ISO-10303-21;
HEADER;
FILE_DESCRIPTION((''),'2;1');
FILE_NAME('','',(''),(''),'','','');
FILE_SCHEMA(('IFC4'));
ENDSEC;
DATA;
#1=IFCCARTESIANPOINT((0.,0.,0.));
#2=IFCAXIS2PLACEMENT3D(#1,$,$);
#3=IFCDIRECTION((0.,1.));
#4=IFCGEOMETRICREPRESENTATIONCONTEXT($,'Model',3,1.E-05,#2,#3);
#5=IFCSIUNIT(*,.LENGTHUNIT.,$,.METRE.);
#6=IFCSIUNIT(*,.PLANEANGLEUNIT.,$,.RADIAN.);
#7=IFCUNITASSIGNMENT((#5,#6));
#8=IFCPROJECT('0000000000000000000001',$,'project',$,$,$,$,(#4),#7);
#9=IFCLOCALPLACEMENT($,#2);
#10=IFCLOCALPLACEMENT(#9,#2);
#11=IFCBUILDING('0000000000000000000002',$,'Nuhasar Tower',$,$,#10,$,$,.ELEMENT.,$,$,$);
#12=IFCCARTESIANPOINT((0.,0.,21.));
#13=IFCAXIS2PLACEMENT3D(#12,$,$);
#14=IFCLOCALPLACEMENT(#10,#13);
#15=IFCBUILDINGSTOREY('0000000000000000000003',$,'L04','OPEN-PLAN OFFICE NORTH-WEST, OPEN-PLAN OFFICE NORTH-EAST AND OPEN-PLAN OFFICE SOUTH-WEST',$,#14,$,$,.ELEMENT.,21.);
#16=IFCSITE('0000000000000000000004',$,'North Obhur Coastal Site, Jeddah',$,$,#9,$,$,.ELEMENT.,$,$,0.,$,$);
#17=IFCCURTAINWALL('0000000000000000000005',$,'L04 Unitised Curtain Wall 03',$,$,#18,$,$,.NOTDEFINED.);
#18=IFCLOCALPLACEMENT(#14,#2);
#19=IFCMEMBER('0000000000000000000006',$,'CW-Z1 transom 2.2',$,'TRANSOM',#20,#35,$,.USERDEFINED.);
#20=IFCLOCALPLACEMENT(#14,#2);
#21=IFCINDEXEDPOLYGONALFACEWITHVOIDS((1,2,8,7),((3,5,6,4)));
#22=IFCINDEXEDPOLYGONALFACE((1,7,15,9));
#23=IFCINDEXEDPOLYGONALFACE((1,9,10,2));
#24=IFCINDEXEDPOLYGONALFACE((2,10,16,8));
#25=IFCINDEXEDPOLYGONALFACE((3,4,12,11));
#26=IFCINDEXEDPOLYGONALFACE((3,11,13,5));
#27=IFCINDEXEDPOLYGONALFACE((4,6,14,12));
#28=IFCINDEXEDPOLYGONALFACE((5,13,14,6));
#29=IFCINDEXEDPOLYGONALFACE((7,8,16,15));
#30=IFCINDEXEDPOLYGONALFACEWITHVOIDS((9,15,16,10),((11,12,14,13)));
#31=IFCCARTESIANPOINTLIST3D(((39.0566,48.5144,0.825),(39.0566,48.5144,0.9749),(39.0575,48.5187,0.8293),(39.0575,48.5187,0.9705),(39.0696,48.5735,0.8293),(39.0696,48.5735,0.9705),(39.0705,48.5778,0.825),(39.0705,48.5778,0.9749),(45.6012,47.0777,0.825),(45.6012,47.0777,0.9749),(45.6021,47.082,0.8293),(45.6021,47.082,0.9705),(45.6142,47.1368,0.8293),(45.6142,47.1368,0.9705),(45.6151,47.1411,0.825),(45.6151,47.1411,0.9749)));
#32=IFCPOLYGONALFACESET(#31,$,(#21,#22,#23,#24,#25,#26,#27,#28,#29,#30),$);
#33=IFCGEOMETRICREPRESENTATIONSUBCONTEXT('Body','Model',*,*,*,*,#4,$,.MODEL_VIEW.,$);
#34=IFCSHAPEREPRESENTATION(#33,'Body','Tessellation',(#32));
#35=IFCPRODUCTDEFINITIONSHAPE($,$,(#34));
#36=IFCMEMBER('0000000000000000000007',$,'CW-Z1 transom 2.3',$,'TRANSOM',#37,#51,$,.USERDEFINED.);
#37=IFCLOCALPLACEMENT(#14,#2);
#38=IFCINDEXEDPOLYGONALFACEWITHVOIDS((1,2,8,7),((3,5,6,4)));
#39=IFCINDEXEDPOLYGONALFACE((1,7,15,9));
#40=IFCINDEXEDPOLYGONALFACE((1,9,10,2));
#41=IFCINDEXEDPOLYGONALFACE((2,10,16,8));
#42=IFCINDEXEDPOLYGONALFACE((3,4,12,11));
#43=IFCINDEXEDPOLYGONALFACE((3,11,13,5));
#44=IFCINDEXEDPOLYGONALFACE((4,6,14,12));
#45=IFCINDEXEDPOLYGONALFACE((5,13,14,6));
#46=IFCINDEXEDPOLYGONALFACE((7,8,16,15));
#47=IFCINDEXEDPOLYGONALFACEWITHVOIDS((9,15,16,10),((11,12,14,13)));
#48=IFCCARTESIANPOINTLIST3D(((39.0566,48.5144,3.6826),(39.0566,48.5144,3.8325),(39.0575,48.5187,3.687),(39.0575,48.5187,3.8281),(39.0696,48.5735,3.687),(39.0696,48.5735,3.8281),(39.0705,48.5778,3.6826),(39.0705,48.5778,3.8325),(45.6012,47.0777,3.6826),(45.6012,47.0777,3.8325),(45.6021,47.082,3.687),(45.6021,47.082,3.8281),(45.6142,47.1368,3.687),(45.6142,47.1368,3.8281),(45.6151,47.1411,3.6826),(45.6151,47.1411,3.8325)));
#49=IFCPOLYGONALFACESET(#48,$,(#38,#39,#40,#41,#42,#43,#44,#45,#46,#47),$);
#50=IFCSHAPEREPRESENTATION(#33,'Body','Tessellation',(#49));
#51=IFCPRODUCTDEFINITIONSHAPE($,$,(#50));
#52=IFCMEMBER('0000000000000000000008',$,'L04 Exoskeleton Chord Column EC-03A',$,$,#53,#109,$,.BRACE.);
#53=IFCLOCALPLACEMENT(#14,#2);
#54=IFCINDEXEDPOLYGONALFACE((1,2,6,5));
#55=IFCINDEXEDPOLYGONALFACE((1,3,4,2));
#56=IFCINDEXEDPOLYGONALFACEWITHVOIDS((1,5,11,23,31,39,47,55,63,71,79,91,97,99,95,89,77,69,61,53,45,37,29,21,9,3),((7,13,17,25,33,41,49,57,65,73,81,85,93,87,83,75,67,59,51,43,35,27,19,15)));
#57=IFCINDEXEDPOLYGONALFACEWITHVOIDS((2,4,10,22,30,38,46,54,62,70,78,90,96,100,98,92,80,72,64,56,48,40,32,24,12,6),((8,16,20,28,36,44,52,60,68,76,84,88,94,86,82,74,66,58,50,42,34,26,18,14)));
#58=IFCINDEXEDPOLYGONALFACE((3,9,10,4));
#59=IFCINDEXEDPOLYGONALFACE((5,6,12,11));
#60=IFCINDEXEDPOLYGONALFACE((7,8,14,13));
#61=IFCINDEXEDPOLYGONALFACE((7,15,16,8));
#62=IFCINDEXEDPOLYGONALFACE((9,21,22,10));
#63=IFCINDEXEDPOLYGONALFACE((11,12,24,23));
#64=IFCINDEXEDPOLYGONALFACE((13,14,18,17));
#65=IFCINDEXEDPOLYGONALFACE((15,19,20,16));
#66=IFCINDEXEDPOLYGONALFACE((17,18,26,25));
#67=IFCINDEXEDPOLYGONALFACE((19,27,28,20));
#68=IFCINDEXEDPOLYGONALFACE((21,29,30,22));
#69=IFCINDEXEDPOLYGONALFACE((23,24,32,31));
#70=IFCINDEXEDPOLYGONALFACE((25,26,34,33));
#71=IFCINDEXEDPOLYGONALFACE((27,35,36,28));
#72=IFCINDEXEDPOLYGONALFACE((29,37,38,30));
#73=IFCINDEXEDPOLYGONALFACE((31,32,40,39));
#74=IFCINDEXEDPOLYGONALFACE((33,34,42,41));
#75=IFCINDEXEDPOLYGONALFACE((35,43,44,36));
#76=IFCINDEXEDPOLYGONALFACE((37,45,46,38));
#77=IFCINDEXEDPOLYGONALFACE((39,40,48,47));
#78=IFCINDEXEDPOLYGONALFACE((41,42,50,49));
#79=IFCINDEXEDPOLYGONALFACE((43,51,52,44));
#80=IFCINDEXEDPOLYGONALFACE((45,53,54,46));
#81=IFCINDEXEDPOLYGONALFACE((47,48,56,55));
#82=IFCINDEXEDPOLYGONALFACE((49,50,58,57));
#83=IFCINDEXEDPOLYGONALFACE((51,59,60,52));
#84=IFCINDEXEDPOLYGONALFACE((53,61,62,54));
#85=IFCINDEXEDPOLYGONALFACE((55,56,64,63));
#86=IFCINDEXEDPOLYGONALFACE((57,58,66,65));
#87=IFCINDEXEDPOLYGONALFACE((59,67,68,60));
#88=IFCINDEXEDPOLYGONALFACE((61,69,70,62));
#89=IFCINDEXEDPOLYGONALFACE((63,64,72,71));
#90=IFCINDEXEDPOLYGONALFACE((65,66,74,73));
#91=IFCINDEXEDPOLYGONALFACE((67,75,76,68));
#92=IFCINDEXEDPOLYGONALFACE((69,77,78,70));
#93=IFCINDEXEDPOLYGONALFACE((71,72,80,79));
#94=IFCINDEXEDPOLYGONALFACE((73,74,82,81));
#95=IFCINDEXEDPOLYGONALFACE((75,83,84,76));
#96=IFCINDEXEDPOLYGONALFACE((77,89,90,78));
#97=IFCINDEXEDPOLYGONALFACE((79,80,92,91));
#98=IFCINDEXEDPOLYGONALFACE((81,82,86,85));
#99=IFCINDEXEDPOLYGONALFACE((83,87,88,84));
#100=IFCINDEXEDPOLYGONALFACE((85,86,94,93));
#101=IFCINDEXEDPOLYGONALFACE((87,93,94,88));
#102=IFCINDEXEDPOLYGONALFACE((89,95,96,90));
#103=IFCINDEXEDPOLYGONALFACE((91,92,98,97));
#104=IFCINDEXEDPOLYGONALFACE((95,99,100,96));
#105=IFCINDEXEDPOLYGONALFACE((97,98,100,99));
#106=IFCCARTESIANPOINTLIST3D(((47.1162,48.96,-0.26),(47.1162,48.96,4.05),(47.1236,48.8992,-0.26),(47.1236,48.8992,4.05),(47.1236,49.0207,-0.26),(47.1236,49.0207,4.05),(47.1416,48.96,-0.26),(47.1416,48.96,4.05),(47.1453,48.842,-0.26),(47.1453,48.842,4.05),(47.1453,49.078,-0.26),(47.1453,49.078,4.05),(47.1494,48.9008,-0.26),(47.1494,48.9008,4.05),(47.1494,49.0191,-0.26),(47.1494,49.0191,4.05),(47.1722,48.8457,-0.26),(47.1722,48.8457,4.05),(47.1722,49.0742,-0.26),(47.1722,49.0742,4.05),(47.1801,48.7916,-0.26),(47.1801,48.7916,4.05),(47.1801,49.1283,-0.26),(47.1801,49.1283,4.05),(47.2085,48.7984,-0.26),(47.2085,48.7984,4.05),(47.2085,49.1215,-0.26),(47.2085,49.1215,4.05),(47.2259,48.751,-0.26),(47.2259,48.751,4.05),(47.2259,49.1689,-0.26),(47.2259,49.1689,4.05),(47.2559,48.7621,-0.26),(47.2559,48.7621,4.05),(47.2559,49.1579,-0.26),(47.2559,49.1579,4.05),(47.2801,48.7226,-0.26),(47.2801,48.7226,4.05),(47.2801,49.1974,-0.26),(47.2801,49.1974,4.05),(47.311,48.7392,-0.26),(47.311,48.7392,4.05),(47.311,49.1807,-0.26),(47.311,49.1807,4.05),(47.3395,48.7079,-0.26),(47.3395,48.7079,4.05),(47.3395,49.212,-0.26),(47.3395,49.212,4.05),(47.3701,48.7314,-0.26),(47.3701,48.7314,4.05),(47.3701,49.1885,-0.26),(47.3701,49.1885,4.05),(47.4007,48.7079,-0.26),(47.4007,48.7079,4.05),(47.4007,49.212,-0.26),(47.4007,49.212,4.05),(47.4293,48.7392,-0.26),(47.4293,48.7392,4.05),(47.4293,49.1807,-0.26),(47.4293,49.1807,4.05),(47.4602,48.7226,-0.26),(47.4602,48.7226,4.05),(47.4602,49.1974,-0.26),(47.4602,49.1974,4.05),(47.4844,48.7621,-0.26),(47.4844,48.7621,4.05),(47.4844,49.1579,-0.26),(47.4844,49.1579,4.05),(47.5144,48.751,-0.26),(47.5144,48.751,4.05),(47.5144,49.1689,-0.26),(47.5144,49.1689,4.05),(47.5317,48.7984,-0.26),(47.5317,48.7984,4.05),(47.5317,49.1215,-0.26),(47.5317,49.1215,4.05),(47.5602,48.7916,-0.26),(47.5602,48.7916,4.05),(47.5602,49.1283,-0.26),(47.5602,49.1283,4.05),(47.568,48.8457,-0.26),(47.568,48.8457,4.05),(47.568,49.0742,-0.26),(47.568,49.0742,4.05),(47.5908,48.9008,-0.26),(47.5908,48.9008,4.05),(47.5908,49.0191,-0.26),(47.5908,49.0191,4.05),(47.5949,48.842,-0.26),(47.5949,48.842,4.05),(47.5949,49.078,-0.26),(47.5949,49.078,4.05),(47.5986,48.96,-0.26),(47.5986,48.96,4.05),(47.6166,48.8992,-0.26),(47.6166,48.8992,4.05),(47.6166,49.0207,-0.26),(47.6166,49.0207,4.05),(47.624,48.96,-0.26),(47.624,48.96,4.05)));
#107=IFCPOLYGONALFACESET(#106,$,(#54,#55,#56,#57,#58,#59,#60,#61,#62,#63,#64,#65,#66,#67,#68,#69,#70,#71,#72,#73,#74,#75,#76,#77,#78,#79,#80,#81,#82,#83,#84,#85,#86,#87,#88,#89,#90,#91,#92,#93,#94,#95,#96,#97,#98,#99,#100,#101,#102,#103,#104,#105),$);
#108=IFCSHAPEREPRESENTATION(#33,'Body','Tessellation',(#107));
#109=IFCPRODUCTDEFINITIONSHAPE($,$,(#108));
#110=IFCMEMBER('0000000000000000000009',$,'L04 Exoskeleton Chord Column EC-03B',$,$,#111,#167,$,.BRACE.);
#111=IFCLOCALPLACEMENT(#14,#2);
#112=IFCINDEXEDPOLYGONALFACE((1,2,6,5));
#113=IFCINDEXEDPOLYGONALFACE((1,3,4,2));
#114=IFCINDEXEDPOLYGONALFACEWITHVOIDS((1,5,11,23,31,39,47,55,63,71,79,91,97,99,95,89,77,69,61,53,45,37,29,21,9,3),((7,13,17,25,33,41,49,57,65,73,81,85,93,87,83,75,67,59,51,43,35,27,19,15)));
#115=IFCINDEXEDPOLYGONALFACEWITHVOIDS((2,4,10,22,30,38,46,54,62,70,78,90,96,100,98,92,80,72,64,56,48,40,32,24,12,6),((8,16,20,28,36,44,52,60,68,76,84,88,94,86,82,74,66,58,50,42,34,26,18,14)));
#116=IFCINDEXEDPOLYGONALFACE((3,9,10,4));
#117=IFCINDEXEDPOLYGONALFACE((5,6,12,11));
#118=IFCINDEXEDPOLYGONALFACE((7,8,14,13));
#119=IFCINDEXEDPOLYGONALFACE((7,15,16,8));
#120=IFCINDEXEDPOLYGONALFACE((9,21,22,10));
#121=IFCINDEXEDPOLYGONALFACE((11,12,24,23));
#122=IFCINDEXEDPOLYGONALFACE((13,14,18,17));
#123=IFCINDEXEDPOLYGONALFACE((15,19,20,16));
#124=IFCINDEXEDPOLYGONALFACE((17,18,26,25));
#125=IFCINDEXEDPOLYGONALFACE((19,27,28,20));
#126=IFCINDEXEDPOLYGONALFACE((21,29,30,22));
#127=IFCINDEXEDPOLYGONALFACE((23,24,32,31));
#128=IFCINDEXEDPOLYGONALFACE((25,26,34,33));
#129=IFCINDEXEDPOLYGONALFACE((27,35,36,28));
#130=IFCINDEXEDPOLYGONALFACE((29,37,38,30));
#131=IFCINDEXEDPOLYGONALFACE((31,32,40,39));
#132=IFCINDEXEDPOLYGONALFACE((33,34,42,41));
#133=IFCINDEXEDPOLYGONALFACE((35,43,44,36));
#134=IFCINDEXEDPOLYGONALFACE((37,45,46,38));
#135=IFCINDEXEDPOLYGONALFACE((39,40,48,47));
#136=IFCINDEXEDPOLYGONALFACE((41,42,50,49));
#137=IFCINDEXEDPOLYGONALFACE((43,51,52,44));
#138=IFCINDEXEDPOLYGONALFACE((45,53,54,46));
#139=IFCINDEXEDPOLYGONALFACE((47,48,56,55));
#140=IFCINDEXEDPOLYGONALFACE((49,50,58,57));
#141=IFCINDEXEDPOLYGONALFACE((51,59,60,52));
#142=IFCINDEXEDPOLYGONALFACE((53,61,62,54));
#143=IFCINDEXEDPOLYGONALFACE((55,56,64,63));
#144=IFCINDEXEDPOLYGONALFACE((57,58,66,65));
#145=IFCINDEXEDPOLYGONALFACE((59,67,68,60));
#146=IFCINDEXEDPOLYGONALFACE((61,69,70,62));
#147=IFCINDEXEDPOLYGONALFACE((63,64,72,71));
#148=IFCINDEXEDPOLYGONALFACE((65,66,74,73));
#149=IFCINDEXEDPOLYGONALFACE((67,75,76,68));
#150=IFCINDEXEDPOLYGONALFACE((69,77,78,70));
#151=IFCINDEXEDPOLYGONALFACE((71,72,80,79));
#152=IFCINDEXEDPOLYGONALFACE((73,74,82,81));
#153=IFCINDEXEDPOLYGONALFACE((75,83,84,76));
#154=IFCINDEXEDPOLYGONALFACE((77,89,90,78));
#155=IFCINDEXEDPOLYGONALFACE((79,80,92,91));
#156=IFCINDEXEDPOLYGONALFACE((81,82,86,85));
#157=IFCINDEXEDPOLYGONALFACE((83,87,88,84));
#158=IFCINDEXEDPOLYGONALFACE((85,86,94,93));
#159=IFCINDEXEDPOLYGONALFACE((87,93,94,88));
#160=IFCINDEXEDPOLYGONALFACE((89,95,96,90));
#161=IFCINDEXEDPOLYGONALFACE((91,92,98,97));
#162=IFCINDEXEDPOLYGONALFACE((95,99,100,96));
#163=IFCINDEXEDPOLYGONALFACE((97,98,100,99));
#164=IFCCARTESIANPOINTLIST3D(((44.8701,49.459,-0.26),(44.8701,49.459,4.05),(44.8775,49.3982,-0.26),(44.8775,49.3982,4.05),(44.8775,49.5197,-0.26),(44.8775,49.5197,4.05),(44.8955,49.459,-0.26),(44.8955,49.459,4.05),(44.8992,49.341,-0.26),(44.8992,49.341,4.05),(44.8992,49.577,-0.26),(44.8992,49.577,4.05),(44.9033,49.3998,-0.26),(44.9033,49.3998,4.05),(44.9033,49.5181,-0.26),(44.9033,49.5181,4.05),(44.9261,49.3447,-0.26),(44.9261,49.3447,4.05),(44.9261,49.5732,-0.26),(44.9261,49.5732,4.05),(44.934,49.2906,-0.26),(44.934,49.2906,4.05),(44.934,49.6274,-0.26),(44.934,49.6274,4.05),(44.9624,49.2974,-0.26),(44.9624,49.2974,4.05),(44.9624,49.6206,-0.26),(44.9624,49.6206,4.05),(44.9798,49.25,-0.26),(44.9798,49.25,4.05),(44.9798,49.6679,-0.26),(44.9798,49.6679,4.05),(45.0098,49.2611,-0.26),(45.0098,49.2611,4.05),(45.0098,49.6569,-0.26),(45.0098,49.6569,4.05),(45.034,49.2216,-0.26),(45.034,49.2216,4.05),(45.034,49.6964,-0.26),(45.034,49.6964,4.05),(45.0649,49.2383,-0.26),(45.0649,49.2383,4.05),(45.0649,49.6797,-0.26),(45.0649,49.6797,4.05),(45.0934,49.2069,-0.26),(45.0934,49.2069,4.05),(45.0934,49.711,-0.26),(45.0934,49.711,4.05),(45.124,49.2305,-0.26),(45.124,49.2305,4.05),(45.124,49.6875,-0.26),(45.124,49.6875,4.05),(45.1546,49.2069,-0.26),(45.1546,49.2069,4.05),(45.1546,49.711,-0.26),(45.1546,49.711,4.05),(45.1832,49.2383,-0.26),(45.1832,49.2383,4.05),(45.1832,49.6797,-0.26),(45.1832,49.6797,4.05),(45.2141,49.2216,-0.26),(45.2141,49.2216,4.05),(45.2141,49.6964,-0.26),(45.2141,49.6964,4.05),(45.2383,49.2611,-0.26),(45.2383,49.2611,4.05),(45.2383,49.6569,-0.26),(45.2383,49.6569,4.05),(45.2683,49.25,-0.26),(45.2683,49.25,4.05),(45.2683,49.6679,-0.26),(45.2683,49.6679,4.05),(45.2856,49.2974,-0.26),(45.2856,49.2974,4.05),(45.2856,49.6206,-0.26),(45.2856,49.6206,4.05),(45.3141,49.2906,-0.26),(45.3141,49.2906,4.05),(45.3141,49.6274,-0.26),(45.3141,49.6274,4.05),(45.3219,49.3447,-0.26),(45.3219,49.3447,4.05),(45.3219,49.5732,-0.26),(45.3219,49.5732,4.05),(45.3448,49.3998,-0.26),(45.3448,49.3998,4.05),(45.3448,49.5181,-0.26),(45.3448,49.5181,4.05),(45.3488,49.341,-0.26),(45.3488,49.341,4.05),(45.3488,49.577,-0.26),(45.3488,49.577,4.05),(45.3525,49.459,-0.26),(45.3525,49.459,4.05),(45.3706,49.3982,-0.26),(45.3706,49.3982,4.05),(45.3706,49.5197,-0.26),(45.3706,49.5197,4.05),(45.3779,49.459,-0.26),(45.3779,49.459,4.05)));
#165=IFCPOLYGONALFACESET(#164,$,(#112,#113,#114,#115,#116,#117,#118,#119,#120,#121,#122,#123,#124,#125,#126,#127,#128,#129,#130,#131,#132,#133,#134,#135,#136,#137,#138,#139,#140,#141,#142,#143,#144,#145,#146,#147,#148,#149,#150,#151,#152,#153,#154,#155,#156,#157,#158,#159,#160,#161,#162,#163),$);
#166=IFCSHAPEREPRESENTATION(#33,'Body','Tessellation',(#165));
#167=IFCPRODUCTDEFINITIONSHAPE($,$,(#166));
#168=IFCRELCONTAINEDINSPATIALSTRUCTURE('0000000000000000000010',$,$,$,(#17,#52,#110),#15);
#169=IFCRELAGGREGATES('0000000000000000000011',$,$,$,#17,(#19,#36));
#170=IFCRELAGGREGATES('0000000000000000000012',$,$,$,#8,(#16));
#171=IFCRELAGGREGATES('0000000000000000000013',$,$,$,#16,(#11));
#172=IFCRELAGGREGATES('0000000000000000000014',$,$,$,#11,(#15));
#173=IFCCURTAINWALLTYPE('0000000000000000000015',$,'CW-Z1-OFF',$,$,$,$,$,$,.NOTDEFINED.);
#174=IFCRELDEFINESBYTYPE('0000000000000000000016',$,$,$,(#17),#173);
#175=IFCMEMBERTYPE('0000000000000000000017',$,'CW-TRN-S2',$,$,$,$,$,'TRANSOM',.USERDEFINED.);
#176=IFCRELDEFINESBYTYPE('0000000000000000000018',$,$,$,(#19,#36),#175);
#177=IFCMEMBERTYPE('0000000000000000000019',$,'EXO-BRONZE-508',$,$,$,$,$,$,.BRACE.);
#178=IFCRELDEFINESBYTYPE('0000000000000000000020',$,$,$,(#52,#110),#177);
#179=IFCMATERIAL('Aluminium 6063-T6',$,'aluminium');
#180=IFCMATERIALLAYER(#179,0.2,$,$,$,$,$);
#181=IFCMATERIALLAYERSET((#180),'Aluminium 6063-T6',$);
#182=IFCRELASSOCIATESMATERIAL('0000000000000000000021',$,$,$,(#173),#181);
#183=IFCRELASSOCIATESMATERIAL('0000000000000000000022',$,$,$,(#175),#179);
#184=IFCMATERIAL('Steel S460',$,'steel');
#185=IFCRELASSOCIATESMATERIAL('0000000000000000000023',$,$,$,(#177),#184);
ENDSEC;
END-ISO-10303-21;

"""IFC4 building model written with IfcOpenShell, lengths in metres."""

from ifc_helpers import new_model, si_unit, direction, frame, origin, origin_2d, place, context, subcontext, project, spatial, hollow_rectangle, hollow_circle, extrude, material, layer, layer_set, material_profile, profile_set, type_object, element, aggregate, save


model = new_model("IFC4")

# Units and contexts
model_context = context("Model", 3, precision=1e-05, world=origin(), true_north=direction((0.0, 1.0)))
body_context = subcontext(model_context, "Body", "Model", "MODEL_VIEW")
ifc_project = project(units=[si_unit("LENGTHUNIT", "METRE"), si_unit("PLANEANGLEUNIT", "RADIAN")], contexts=[model_context])

# Site, building, storey
site_placement = place(None, origin())
site = spatial("IfcSite", under=ifc_project, at=site_placement, Name="North Obhur Coastal Site, Jeddah", CompositionType="ELEMENT", RefElevation=0.0)
building_placement = place(site_placement, origin())
building = spatial("IfcBuilding", under=site, at=building_placement, Name="Nuhasar Tower", CompositionType="ELEMENT")
storey_placement = place(building_placement, frame((0.0, 0.0, 21.0)))
storey = spatial("IfcBuildingStorey", under=building, at=storey_placement, Name="L04", Description="OPEN-PLAN OFFICE NORTH-WEST, OPEN-PLAN OFFICE NORTH-EAST AND OPEN-PLAN OFFICE SOUTH-WEST", CompositionType="ELEMENT", Elevation=21.0)

# Shared definitions
ifc_material_1 = material(Name="Steel S460", Category="steel")

# Curtain wall, members
ifc_material_2 = material(Name="Aluminium 6063-T6", Category="aluminium")
ifc_layer_1 = layer(ifc_material_2, 0.2)
ifc_layer_set_1 = layer_set([ifc_layer_1], Name="Aluminium 6063-T6")
curtain_wall_type = type_object("IfcCurtainWallType", Name="CW-Z1-OFF", PredefinedType="NOTDEFINED", material=ifc_layer_set_1)
curtain_wall_placement = place(storey_placement, origin())
curtain_wall = element("IfcCurtainWall", 1, at=curtain_wall_placement, inside=storey, type_object=curtain_wall_type, Name="L04 Unitised Curtain Wall 03", PredefinedType="NOTDEFINED")
ifc_material_profile_1 = material_profile(ifc_material_2, hollow_rectangle(XDim=0.0649, YDim=0.1499, WallThickness=0.0044, at=origin_2d()), Name="CWT-2")
ifc_profile_set_1 = profile_set([ifc_material_profile_1], Name="Aluminium 6063-T6")
member_type_1 = type_object("IfcMemberType", Name="CW-TRN-S2", ElementType="TRANSOM", PredefinedType="USERDEFINED", material=ifc_profile_set_1)
member_1_placement = place(storey_placement, frame((45.6082, 47.1094, 0.8999), z_axis=(-0.97674, 0.214426, 0.0), x_axis=(-0.214426, -0.97674, 0.0)))
member_1 = element("IfcMember", 2, at=member_1_placement, type_object=member_type_1, Name="CW-Z1 transom 2.2", ObjectType="TRANSOM", PredefinedType="USERDEFINED", context=body_context, shape_type="SweptSolid", body=[
    extrude(hollow_rectangle(XDim=0.0649, YDim=0.1499, WallThickness=0.0044, at=origin_2d()), origin(), (0.0, 0.0, 1.0), 6.7004),
])
member_2_placement = place(storey_placement, frame((45.6082, 47.1094, 3.7576), z_axis=(-0.97674, 0.214426, 0.0), x_axis=(-0.214426, -0.97674, 0.0)))
member_2 = element("IfcMember", 3, at=member_2_placement, type_object=member_type_1, Name="CW-Z1 transom 2.3", ObjectType="TRANSOM", PredefinedType="USERDEFINED", context=body_context, shape_type="SweptSolid", body=[
    extrude(hollow_rectangle(XDim=0.0649, YDim=0.1499, WallThickness=0.0044, at=origin_2d()), origin(), (0.0, 0.0, 1.0), 6.7004),
])

# Members
ifc_material_profile_2 = material_profile(ifc_material_1, hollow_circle(Radius=0.2539, WallThickness=0.0254, at=origin_2d()), Name="HSS508X25.4")
ifc_profile_set_2 = profile_set([ifc_material_profile_2], Name="Steel S460")
member_type_2 = type_object("IfcMemberType", Name="EXO-BRONZE-508", PredefinedType="BRACE", material=ifc_profile_set_2)
for number, where, z_axis, x_axis, name in (
    (4, (47.3701, 48.96, -0.26), (0.0, 0.0, 1.0), (1.0, 0.0, 0.0), "L04 Exoskeleton Chord Column EC-03A"),
    (5, (45.124, 49.459, -0.26), (0.0, 0.0, 1.0), (1.0, 0.0, 0.0), "L04 Exoskeleton Chord Column EC-03B"),
):
    element("IfcMember", number, at=place(storey_placement, frame(where, z_axis=z_axis, x_axis=x_axis)), inside=storey, type_object=member_type_2, Name=name, PredefinedType="BRACE", context=body_context, shape_type="SweptSolid", body=[
        extrude(hollow_circle(Radius=0.2539, WallThickness=0.0254, at=origin_2d()), origin(), (0.0, 0.0, 1.0), 4.3101),
    ])

aggregate(curtain_wall, [member_1, member_2])

save(model, "model.ifc")
